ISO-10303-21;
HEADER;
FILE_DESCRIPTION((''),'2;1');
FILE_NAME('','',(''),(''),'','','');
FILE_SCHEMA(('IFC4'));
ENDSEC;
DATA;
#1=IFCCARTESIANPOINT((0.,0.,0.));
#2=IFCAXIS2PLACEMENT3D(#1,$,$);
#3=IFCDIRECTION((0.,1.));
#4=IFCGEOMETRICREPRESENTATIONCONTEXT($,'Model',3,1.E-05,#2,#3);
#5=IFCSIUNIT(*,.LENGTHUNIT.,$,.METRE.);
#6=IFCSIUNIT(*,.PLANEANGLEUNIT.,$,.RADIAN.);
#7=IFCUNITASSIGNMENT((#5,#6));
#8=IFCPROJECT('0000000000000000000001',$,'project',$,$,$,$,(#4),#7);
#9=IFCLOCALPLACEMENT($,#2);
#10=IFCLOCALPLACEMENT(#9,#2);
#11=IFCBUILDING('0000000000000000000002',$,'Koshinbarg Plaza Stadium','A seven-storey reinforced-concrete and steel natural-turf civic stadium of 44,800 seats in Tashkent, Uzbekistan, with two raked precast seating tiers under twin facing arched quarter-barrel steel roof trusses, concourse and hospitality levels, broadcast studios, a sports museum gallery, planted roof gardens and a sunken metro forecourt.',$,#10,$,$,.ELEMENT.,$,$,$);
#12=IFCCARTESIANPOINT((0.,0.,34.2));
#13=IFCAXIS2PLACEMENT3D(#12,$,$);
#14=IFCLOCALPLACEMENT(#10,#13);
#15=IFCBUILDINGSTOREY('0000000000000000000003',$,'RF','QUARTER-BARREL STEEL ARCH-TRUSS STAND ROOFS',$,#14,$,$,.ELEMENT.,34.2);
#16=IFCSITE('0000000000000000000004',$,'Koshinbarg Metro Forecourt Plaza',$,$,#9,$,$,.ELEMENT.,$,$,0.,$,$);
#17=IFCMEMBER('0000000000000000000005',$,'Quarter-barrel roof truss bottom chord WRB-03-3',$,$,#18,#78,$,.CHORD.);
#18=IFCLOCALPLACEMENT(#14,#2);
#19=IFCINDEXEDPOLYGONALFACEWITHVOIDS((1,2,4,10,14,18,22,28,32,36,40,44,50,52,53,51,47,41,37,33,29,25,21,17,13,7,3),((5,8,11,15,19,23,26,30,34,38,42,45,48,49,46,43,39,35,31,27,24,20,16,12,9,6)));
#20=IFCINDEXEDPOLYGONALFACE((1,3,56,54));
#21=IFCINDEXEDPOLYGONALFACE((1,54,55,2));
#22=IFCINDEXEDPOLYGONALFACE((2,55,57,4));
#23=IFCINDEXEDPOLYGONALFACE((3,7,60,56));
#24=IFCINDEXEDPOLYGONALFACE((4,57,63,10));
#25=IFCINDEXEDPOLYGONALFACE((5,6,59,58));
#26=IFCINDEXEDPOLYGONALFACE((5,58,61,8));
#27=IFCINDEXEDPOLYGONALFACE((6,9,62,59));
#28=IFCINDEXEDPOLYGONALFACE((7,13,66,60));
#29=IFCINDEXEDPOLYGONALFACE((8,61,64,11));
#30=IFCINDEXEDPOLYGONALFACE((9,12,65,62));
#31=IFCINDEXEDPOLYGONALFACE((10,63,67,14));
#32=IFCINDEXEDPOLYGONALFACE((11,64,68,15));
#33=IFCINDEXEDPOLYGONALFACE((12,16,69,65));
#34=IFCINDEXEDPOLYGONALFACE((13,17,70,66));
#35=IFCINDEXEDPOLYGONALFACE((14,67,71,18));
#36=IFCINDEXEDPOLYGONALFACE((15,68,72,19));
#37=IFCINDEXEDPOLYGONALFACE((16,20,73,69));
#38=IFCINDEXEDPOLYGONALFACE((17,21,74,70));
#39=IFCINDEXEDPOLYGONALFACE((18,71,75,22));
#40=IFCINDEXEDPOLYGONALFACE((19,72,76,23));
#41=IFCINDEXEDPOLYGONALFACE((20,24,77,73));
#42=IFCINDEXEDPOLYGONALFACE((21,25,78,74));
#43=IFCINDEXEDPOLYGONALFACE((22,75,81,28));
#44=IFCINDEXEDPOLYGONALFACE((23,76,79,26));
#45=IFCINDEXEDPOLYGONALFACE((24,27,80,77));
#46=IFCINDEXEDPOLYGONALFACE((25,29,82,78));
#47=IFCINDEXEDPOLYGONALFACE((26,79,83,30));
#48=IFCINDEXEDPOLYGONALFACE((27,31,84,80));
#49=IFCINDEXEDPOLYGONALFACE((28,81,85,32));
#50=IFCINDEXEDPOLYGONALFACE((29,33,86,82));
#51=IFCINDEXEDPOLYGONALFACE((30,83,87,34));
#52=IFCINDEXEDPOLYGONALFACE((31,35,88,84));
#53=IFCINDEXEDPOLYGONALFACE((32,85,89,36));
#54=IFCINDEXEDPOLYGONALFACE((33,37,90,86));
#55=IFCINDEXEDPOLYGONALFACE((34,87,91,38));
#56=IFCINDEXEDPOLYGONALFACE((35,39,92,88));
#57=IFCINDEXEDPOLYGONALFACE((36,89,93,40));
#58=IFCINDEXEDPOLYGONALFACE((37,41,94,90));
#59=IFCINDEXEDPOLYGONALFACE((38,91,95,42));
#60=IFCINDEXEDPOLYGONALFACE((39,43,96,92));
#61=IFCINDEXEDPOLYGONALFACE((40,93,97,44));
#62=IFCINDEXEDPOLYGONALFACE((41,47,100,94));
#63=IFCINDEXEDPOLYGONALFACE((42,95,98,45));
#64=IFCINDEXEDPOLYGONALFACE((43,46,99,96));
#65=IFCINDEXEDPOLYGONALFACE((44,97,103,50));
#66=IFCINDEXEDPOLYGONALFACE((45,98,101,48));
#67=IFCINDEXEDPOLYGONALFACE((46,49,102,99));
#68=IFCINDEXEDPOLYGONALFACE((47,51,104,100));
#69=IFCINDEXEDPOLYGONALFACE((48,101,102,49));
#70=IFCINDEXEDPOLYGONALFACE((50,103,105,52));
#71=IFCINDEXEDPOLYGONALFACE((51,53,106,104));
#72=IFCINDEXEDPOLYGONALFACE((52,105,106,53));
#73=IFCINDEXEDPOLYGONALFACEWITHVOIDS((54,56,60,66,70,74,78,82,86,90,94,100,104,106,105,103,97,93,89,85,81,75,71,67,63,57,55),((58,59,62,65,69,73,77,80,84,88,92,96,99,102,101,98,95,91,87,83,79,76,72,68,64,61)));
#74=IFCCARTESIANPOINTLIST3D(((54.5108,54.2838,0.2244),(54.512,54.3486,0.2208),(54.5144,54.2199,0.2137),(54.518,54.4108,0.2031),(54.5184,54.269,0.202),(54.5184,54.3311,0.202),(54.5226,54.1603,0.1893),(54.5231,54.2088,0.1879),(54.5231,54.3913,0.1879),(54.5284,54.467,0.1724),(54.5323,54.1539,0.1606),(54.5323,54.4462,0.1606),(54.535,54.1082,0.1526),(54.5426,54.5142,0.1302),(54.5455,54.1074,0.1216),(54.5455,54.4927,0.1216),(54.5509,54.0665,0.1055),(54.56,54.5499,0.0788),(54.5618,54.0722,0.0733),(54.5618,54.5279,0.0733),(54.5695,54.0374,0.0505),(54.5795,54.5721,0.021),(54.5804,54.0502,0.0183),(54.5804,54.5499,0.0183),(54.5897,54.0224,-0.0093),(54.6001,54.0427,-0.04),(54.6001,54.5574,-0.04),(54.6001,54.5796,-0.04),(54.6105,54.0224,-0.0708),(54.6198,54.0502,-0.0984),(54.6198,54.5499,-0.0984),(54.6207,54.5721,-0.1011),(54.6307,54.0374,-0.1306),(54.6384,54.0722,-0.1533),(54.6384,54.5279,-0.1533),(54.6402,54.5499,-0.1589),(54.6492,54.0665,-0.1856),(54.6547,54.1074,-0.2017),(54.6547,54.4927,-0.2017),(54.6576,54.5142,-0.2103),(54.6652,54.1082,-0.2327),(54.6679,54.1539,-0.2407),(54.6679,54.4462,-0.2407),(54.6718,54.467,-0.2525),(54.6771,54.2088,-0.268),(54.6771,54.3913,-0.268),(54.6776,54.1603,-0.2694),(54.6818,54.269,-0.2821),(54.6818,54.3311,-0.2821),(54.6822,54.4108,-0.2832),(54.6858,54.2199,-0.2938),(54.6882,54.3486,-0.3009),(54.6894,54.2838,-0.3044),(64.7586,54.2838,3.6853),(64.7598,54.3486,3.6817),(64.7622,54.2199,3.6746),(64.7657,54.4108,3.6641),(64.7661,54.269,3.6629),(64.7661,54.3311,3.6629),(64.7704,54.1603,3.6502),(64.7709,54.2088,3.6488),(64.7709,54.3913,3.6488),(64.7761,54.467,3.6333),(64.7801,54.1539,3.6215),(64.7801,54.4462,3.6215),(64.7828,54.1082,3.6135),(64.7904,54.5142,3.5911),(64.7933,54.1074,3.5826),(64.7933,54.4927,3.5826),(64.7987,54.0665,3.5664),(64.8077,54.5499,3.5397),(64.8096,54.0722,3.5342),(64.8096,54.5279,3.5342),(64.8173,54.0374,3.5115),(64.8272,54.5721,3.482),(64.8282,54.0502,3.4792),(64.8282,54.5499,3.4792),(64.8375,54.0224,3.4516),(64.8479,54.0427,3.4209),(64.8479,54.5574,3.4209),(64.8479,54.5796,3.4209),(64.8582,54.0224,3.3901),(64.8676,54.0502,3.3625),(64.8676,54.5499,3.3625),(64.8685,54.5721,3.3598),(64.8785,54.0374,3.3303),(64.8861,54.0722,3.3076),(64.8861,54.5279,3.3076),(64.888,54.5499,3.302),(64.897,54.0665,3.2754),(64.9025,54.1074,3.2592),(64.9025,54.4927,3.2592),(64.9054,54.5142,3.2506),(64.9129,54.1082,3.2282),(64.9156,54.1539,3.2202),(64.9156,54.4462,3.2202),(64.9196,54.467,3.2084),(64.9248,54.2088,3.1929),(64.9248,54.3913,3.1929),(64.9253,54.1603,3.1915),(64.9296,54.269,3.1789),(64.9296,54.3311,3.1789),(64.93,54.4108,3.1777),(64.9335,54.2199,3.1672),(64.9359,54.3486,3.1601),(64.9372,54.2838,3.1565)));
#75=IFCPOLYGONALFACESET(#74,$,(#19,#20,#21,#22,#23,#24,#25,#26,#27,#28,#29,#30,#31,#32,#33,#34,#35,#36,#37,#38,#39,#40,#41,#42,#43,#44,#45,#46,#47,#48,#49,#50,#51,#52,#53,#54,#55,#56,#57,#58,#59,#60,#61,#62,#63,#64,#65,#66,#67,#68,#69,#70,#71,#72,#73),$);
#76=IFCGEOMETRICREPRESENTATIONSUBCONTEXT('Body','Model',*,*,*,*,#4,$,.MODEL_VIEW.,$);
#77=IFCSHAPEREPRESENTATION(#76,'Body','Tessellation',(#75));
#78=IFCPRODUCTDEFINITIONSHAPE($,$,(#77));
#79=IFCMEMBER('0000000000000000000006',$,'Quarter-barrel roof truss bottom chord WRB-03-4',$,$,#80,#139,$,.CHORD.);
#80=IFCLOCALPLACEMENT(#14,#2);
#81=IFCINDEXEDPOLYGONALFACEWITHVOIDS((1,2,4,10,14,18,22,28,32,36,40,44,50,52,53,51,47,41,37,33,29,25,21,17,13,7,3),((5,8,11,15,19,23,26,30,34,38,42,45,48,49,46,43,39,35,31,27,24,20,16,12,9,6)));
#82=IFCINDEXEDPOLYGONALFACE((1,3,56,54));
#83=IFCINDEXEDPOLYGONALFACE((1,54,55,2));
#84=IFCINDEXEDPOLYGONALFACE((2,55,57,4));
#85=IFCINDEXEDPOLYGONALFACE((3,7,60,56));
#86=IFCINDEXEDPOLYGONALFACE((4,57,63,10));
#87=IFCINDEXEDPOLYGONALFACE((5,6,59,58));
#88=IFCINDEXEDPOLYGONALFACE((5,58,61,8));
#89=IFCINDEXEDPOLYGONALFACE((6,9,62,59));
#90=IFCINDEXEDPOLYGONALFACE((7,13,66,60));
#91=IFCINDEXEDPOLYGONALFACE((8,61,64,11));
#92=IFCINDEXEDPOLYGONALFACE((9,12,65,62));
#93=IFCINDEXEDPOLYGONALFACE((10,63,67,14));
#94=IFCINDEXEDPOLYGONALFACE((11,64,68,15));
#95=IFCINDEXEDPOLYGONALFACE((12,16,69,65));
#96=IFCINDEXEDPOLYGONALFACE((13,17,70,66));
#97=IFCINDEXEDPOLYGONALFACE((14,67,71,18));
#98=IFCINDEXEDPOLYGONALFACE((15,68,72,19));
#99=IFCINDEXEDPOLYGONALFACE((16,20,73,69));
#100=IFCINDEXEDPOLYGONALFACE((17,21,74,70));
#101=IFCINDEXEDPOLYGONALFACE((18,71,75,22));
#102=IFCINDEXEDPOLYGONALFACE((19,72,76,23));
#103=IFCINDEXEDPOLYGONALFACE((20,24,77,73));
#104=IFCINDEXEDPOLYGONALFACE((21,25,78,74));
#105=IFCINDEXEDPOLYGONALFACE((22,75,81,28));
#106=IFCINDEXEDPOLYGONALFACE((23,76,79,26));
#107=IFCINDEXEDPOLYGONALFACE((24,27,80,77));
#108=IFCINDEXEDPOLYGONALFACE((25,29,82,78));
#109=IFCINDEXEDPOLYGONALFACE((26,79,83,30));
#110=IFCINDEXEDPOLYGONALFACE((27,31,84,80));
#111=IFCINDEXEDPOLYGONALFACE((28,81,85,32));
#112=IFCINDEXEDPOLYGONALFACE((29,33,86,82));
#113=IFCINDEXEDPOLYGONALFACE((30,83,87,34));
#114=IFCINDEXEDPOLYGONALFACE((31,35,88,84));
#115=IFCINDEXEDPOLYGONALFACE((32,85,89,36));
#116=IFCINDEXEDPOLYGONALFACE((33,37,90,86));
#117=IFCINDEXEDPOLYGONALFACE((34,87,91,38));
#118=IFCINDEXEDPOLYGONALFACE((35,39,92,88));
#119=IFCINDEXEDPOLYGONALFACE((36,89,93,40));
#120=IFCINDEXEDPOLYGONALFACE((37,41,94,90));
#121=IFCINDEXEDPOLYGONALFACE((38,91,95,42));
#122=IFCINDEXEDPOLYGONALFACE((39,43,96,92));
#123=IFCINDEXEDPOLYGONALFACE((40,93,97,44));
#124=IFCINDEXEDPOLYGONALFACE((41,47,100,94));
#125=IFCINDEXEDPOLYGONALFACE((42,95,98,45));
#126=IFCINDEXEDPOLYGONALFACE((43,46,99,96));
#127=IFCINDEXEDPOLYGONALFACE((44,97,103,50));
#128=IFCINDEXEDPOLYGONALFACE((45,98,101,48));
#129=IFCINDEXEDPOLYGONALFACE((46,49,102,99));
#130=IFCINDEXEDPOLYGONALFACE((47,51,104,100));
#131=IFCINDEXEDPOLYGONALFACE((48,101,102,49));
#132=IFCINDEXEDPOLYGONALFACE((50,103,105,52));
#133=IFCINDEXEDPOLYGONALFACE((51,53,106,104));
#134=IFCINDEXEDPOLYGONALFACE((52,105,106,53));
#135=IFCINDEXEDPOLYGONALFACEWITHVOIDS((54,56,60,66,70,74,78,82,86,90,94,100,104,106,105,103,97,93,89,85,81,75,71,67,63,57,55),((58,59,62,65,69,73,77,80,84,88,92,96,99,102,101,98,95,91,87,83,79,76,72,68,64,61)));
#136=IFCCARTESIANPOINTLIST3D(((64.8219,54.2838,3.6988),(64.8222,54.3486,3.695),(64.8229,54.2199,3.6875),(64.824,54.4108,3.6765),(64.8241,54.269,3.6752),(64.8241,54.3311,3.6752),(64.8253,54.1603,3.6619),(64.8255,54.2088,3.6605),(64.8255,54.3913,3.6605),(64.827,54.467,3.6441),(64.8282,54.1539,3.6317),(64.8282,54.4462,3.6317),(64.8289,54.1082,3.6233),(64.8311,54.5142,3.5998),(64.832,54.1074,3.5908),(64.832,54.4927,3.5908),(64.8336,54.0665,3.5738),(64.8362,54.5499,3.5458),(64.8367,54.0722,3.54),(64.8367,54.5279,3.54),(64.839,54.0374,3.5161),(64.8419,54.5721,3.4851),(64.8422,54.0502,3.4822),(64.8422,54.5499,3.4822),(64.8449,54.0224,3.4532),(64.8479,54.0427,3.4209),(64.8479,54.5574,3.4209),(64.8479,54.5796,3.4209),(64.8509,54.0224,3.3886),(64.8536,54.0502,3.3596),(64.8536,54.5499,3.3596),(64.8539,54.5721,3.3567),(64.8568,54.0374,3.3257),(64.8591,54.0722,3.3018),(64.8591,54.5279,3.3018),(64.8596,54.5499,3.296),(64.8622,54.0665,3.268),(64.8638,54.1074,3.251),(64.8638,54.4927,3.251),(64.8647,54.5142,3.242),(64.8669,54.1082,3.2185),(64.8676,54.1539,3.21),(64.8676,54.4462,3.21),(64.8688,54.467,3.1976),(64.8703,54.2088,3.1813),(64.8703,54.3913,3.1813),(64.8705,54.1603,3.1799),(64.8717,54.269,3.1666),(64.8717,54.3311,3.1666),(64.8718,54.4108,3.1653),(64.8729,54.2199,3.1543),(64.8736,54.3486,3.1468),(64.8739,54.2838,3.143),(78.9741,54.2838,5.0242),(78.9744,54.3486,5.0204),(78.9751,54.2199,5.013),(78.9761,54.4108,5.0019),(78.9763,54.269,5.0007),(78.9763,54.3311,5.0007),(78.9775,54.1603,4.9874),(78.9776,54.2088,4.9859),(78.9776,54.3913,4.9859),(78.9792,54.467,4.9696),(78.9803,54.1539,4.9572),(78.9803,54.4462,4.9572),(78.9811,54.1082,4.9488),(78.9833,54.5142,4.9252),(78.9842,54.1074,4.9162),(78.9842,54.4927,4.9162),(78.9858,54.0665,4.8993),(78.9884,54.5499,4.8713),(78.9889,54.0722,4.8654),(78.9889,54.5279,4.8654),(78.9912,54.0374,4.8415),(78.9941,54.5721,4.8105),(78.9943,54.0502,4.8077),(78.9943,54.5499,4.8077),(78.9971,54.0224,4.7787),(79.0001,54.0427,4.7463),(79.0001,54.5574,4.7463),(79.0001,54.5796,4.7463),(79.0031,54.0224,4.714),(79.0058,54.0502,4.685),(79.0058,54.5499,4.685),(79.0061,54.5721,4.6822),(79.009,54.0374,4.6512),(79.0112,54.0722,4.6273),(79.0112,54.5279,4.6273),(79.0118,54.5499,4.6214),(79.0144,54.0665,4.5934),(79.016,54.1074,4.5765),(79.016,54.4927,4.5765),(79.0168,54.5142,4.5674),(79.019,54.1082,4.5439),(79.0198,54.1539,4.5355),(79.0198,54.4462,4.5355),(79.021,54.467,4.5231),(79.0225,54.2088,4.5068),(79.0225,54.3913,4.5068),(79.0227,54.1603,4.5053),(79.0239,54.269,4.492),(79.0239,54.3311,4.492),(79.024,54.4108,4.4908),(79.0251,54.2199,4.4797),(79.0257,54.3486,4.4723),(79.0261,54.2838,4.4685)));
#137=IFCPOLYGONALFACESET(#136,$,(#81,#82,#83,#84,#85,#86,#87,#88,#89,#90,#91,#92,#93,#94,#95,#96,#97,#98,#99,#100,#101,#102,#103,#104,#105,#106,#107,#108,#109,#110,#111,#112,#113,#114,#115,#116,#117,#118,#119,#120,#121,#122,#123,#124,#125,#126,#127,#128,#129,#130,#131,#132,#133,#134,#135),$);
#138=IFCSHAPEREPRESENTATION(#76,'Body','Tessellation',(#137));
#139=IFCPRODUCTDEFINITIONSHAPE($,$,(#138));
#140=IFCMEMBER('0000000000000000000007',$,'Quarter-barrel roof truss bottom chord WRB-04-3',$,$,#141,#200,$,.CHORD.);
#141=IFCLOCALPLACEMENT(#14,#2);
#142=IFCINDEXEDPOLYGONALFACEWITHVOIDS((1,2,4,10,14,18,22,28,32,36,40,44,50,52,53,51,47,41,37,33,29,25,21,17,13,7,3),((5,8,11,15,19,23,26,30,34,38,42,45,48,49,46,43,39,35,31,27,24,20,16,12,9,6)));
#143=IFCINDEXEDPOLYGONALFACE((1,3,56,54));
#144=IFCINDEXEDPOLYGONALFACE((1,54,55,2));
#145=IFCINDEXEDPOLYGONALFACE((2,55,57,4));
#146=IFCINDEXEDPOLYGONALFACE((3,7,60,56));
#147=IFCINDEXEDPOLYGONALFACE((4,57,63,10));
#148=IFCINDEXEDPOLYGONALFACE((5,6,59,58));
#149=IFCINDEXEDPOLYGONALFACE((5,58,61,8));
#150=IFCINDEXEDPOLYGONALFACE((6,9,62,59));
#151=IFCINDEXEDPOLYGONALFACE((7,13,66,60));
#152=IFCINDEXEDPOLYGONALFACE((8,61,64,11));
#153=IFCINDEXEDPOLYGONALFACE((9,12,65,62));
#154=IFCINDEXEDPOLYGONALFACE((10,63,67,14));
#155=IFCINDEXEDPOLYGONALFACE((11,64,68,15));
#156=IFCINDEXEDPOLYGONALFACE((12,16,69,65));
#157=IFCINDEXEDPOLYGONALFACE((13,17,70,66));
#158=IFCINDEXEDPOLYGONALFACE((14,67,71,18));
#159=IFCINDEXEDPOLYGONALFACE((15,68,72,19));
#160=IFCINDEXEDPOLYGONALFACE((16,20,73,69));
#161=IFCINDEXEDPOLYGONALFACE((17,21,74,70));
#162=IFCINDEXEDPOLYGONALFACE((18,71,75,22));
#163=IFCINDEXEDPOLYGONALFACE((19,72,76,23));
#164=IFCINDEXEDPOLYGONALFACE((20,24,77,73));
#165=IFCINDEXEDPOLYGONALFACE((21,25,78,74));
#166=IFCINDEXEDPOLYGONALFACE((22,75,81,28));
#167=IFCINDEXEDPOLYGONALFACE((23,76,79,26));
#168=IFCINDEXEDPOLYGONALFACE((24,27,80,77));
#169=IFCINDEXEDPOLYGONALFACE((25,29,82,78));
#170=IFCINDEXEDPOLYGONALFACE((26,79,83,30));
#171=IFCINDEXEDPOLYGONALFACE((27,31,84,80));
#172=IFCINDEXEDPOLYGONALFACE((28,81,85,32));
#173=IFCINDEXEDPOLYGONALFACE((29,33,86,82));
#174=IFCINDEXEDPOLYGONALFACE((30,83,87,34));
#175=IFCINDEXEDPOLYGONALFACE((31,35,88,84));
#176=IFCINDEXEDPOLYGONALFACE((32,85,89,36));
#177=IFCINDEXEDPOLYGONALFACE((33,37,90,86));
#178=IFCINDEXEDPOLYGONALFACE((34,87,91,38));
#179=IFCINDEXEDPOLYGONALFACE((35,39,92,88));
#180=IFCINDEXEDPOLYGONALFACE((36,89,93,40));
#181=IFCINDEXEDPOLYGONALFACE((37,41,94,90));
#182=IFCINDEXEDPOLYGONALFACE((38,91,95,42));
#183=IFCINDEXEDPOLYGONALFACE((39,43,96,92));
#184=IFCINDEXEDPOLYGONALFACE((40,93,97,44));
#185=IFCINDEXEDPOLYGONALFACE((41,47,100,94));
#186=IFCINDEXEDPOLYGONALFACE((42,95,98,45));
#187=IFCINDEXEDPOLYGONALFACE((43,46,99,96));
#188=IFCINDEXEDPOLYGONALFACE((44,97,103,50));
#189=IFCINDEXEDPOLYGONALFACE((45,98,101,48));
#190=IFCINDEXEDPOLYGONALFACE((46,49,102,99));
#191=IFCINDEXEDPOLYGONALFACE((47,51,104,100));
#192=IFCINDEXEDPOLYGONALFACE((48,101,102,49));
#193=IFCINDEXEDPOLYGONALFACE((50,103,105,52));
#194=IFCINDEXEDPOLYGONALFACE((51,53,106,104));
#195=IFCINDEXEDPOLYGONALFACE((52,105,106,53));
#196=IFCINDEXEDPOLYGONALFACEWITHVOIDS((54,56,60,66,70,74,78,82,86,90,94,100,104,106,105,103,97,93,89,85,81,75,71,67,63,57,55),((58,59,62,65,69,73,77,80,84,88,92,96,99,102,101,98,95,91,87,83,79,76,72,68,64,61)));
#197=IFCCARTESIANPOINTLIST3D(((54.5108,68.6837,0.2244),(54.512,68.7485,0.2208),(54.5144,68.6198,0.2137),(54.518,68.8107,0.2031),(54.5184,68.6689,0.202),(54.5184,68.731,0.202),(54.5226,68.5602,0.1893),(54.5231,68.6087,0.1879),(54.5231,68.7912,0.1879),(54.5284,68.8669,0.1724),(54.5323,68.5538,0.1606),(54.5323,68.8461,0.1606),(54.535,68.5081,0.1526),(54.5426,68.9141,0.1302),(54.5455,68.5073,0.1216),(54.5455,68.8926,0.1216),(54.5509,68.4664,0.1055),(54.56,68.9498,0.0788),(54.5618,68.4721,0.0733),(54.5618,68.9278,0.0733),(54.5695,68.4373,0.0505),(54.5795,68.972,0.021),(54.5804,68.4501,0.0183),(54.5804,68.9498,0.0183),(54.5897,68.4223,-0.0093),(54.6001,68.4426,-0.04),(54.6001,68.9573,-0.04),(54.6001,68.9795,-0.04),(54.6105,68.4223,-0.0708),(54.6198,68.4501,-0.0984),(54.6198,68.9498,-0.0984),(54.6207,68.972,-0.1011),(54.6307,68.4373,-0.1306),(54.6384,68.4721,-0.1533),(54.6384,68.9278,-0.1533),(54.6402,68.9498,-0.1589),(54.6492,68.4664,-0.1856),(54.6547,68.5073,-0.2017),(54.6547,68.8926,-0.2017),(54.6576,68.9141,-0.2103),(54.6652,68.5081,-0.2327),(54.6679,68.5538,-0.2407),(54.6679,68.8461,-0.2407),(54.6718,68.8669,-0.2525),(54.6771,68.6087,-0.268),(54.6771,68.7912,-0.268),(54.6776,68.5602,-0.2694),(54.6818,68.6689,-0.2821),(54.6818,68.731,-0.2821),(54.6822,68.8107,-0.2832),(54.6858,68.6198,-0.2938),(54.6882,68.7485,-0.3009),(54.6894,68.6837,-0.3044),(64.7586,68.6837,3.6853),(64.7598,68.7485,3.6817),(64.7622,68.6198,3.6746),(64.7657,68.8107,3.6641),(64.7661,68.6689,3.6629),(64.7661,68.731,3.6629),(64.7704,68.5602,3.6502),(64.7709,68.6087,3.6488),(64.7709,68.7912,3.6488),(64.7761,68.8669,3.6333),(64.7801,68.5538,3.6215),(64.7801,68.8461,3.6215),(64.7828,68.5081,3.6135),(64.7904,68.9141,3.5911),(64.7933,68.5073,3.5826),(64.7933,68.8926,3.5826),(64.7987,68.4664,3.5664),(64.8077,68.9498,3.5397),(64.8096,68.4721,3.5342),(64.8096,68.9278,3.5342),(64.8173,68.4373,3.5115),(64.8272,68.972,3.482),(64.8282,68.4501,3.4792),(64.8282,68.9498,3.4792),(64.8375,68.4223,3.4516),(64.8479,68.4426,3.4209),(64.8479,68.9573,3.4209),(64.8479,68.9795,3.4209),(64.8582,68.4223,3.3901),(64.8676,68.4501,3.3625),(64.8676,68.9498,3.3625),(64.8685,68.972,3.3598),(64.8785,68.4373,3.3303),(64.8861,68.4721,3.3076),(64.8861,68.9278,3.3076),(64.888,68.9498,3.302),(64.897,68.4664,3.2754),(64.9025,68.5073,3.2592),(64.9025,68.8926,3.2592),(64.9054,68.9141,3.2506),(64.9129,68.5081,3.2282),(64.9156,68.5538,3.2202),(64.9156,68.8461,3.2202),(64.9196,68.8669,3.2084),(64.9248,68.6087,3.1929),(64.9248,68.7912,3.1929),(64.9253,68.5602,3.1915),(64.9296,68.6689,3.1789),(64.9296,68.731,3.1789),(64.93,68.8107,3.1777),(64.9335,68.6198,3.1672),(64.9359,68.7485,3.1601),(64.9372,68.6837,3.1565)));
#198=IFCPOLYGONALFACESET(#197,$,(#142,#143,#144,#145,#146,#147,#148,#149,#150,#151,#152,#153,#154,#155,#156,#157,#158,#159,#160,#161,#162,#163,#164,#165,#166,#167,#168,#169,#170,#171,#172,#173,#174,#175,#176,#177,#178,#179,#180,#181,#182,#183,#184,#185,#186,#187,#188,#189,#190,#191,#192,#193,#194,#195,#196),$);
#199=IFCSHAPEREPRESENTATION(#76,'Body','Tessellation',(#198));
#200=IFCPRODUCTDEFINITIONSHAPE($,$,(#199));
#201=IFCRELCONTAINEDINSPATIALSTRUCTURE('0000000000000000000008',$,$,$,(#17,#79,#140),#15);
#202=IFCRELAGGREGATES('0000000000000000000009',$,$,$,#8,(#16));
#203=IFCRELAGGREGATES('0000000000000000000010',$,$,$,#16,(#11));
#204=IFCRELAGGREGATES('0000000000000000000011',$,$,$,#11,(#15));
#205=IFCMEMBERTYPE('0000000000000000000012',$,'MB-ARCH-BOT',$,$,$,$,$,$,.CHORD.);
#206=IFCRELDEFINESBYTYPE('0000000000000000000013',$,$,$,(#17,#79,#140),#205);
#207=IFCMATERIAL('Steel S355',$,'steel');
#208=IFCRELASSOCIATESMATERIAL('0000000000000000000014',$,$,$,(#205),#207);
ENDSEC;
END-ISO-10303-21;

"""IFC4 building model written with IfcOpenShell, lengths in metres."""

from ifc_helpers import new_model, si_unit, direction, frame, origin, origin_2d, place, context, subcontext, project, spatial, hollow_circle, extrude, material, material_profile, profile_set, type_object, element, save


model = new_model("IFC4")

# Units and contexts
model_context = context("Model", 3, precision=1e-05, world=origin(), true_north=direction((0.0, 1.0)))
body_context = subcontext(model_context, "Body", "Model", "MODEL_VIEW")
ifc_project = project(units=[si_unit("LENGTHUNIT", "METRE"), si_unit("PLANEANGLEUNIT", "RADIAN")], contexts=[model_context])

# Site, building, storey
site_placement = place(None, origin())
site = spatial("IfcSite", under=ifc_project, at=site_placement, Name="Koshinbarg Metro Forecourt Plaza", CompositionType="ELEMENT", RefElevation=0.0)
building_placement = place(site_placement, origin())
building = spatial("IfcBuilding", under=site, at=building_placement, Name="Koshinbarg Plaza Stadium", Description="A seven-storey reinforced-concrete and steel natural-turf civic stadium of 44,800 seats in Tashkent, Uzbekistan, with two raked precast seating tiers under twin facing arched quarter-barrel steel roof trusses, concourse and hospitality levels, broadcast studios, a sports museum gallery, planted roof gardens and a sunken metro forecourt.", CompositionType="ELEMENT")
storey_placement = place(building_placement, frame((0.0, 0.0, 34.2)))
storey = spatial("IfcBuildingStorey", under=building, at=storey_placement, Name="RF", Description="QUARTER-BARREL STEEL ARCH-TRUSS STAND ROOFS", CompositionType="ELEMENT", Elevation=34.2)

# Members
ifc_material_1 = material(Name="Steel S355", Category="steel")
ifc_material_profile_1 = material_profile(ifc_material_1, hollow_circle(Radius=0.2795, WallThickness=0.0222, at=origin_2d()), Name="CHS 559x22.2")
ifc_profile_set_1 = profile_set([ifc_material_profile_1], Name="Steel S355")
member_type_1 = type_object("IfcMemberType", Name="MB-ARCH-BOT", PredefinedType="CHORD", material=ifc_profile_set_1)
member_1_placement = place(storey_placement, frame((54.6001, 54.3, -0.04), z_axis=(0.947428, 0.0, 0.31997), x_axis=(0.0, 1.0, 0.0)))
element("IfcMember", 1, at=member_1_placement, inside=storey, type_object=member_type_1, Name="Quarter-barrel roof truss bottom chord WRB-03-3", PredefinedType="CHORD", context=body_context, shape_type="SweptSolid", body=[
    extrude(hollow_circle(Radius=0.2795, WallThickness=0.0222, at=origin_2d()), origin(), (0.0, 0.0, 1.0), 10.8164),
])
member_2_placement = place(storey_placement, frame((64.8479, 54.3, 3.4209), z_axis=(0.995643, 0.0, 0.093249), x_axis=(0.0, 1.0, 0.0)))
element("IfcMember", 2, at=member_2_placement, inside=storey, type_object=member_type_1, Name="Quarter-barrel roof truss bottom chord WRB-03-4", PredefinedType="CHORD", context=body_context, shape_type="SweptSolid", body=[
    extrude(hollow_circle(Radius=0.2795, WallThickness=0.0222, at=origin_2d()), origin(), (0.0, 0.0, 1.0), 14.2141),
])
member_3_placement = place(storey_placement, frame((54.6001, 68.7, -0.04), z_axis=(0.947428, 0.0, 0.31997), x_axis=(0.0, 1.0, 0.0)))
element("IfcMember", 3, at=member_3_placement, inside=storey, type_object=member_type_1, Name="Quarter-barrel roof truss bottom chord WRB-04-3", PredefinedType="CHORD", context=body_context, shape_type="SweptSolid", body=[
    extrude(hollow_circle(Radius=0.2795, WallThickness=0.0222, at=origin_2d()), origin(), (0.0, 0.0, 1.0), 10.8164),
])

save(model, "model.ifc")
